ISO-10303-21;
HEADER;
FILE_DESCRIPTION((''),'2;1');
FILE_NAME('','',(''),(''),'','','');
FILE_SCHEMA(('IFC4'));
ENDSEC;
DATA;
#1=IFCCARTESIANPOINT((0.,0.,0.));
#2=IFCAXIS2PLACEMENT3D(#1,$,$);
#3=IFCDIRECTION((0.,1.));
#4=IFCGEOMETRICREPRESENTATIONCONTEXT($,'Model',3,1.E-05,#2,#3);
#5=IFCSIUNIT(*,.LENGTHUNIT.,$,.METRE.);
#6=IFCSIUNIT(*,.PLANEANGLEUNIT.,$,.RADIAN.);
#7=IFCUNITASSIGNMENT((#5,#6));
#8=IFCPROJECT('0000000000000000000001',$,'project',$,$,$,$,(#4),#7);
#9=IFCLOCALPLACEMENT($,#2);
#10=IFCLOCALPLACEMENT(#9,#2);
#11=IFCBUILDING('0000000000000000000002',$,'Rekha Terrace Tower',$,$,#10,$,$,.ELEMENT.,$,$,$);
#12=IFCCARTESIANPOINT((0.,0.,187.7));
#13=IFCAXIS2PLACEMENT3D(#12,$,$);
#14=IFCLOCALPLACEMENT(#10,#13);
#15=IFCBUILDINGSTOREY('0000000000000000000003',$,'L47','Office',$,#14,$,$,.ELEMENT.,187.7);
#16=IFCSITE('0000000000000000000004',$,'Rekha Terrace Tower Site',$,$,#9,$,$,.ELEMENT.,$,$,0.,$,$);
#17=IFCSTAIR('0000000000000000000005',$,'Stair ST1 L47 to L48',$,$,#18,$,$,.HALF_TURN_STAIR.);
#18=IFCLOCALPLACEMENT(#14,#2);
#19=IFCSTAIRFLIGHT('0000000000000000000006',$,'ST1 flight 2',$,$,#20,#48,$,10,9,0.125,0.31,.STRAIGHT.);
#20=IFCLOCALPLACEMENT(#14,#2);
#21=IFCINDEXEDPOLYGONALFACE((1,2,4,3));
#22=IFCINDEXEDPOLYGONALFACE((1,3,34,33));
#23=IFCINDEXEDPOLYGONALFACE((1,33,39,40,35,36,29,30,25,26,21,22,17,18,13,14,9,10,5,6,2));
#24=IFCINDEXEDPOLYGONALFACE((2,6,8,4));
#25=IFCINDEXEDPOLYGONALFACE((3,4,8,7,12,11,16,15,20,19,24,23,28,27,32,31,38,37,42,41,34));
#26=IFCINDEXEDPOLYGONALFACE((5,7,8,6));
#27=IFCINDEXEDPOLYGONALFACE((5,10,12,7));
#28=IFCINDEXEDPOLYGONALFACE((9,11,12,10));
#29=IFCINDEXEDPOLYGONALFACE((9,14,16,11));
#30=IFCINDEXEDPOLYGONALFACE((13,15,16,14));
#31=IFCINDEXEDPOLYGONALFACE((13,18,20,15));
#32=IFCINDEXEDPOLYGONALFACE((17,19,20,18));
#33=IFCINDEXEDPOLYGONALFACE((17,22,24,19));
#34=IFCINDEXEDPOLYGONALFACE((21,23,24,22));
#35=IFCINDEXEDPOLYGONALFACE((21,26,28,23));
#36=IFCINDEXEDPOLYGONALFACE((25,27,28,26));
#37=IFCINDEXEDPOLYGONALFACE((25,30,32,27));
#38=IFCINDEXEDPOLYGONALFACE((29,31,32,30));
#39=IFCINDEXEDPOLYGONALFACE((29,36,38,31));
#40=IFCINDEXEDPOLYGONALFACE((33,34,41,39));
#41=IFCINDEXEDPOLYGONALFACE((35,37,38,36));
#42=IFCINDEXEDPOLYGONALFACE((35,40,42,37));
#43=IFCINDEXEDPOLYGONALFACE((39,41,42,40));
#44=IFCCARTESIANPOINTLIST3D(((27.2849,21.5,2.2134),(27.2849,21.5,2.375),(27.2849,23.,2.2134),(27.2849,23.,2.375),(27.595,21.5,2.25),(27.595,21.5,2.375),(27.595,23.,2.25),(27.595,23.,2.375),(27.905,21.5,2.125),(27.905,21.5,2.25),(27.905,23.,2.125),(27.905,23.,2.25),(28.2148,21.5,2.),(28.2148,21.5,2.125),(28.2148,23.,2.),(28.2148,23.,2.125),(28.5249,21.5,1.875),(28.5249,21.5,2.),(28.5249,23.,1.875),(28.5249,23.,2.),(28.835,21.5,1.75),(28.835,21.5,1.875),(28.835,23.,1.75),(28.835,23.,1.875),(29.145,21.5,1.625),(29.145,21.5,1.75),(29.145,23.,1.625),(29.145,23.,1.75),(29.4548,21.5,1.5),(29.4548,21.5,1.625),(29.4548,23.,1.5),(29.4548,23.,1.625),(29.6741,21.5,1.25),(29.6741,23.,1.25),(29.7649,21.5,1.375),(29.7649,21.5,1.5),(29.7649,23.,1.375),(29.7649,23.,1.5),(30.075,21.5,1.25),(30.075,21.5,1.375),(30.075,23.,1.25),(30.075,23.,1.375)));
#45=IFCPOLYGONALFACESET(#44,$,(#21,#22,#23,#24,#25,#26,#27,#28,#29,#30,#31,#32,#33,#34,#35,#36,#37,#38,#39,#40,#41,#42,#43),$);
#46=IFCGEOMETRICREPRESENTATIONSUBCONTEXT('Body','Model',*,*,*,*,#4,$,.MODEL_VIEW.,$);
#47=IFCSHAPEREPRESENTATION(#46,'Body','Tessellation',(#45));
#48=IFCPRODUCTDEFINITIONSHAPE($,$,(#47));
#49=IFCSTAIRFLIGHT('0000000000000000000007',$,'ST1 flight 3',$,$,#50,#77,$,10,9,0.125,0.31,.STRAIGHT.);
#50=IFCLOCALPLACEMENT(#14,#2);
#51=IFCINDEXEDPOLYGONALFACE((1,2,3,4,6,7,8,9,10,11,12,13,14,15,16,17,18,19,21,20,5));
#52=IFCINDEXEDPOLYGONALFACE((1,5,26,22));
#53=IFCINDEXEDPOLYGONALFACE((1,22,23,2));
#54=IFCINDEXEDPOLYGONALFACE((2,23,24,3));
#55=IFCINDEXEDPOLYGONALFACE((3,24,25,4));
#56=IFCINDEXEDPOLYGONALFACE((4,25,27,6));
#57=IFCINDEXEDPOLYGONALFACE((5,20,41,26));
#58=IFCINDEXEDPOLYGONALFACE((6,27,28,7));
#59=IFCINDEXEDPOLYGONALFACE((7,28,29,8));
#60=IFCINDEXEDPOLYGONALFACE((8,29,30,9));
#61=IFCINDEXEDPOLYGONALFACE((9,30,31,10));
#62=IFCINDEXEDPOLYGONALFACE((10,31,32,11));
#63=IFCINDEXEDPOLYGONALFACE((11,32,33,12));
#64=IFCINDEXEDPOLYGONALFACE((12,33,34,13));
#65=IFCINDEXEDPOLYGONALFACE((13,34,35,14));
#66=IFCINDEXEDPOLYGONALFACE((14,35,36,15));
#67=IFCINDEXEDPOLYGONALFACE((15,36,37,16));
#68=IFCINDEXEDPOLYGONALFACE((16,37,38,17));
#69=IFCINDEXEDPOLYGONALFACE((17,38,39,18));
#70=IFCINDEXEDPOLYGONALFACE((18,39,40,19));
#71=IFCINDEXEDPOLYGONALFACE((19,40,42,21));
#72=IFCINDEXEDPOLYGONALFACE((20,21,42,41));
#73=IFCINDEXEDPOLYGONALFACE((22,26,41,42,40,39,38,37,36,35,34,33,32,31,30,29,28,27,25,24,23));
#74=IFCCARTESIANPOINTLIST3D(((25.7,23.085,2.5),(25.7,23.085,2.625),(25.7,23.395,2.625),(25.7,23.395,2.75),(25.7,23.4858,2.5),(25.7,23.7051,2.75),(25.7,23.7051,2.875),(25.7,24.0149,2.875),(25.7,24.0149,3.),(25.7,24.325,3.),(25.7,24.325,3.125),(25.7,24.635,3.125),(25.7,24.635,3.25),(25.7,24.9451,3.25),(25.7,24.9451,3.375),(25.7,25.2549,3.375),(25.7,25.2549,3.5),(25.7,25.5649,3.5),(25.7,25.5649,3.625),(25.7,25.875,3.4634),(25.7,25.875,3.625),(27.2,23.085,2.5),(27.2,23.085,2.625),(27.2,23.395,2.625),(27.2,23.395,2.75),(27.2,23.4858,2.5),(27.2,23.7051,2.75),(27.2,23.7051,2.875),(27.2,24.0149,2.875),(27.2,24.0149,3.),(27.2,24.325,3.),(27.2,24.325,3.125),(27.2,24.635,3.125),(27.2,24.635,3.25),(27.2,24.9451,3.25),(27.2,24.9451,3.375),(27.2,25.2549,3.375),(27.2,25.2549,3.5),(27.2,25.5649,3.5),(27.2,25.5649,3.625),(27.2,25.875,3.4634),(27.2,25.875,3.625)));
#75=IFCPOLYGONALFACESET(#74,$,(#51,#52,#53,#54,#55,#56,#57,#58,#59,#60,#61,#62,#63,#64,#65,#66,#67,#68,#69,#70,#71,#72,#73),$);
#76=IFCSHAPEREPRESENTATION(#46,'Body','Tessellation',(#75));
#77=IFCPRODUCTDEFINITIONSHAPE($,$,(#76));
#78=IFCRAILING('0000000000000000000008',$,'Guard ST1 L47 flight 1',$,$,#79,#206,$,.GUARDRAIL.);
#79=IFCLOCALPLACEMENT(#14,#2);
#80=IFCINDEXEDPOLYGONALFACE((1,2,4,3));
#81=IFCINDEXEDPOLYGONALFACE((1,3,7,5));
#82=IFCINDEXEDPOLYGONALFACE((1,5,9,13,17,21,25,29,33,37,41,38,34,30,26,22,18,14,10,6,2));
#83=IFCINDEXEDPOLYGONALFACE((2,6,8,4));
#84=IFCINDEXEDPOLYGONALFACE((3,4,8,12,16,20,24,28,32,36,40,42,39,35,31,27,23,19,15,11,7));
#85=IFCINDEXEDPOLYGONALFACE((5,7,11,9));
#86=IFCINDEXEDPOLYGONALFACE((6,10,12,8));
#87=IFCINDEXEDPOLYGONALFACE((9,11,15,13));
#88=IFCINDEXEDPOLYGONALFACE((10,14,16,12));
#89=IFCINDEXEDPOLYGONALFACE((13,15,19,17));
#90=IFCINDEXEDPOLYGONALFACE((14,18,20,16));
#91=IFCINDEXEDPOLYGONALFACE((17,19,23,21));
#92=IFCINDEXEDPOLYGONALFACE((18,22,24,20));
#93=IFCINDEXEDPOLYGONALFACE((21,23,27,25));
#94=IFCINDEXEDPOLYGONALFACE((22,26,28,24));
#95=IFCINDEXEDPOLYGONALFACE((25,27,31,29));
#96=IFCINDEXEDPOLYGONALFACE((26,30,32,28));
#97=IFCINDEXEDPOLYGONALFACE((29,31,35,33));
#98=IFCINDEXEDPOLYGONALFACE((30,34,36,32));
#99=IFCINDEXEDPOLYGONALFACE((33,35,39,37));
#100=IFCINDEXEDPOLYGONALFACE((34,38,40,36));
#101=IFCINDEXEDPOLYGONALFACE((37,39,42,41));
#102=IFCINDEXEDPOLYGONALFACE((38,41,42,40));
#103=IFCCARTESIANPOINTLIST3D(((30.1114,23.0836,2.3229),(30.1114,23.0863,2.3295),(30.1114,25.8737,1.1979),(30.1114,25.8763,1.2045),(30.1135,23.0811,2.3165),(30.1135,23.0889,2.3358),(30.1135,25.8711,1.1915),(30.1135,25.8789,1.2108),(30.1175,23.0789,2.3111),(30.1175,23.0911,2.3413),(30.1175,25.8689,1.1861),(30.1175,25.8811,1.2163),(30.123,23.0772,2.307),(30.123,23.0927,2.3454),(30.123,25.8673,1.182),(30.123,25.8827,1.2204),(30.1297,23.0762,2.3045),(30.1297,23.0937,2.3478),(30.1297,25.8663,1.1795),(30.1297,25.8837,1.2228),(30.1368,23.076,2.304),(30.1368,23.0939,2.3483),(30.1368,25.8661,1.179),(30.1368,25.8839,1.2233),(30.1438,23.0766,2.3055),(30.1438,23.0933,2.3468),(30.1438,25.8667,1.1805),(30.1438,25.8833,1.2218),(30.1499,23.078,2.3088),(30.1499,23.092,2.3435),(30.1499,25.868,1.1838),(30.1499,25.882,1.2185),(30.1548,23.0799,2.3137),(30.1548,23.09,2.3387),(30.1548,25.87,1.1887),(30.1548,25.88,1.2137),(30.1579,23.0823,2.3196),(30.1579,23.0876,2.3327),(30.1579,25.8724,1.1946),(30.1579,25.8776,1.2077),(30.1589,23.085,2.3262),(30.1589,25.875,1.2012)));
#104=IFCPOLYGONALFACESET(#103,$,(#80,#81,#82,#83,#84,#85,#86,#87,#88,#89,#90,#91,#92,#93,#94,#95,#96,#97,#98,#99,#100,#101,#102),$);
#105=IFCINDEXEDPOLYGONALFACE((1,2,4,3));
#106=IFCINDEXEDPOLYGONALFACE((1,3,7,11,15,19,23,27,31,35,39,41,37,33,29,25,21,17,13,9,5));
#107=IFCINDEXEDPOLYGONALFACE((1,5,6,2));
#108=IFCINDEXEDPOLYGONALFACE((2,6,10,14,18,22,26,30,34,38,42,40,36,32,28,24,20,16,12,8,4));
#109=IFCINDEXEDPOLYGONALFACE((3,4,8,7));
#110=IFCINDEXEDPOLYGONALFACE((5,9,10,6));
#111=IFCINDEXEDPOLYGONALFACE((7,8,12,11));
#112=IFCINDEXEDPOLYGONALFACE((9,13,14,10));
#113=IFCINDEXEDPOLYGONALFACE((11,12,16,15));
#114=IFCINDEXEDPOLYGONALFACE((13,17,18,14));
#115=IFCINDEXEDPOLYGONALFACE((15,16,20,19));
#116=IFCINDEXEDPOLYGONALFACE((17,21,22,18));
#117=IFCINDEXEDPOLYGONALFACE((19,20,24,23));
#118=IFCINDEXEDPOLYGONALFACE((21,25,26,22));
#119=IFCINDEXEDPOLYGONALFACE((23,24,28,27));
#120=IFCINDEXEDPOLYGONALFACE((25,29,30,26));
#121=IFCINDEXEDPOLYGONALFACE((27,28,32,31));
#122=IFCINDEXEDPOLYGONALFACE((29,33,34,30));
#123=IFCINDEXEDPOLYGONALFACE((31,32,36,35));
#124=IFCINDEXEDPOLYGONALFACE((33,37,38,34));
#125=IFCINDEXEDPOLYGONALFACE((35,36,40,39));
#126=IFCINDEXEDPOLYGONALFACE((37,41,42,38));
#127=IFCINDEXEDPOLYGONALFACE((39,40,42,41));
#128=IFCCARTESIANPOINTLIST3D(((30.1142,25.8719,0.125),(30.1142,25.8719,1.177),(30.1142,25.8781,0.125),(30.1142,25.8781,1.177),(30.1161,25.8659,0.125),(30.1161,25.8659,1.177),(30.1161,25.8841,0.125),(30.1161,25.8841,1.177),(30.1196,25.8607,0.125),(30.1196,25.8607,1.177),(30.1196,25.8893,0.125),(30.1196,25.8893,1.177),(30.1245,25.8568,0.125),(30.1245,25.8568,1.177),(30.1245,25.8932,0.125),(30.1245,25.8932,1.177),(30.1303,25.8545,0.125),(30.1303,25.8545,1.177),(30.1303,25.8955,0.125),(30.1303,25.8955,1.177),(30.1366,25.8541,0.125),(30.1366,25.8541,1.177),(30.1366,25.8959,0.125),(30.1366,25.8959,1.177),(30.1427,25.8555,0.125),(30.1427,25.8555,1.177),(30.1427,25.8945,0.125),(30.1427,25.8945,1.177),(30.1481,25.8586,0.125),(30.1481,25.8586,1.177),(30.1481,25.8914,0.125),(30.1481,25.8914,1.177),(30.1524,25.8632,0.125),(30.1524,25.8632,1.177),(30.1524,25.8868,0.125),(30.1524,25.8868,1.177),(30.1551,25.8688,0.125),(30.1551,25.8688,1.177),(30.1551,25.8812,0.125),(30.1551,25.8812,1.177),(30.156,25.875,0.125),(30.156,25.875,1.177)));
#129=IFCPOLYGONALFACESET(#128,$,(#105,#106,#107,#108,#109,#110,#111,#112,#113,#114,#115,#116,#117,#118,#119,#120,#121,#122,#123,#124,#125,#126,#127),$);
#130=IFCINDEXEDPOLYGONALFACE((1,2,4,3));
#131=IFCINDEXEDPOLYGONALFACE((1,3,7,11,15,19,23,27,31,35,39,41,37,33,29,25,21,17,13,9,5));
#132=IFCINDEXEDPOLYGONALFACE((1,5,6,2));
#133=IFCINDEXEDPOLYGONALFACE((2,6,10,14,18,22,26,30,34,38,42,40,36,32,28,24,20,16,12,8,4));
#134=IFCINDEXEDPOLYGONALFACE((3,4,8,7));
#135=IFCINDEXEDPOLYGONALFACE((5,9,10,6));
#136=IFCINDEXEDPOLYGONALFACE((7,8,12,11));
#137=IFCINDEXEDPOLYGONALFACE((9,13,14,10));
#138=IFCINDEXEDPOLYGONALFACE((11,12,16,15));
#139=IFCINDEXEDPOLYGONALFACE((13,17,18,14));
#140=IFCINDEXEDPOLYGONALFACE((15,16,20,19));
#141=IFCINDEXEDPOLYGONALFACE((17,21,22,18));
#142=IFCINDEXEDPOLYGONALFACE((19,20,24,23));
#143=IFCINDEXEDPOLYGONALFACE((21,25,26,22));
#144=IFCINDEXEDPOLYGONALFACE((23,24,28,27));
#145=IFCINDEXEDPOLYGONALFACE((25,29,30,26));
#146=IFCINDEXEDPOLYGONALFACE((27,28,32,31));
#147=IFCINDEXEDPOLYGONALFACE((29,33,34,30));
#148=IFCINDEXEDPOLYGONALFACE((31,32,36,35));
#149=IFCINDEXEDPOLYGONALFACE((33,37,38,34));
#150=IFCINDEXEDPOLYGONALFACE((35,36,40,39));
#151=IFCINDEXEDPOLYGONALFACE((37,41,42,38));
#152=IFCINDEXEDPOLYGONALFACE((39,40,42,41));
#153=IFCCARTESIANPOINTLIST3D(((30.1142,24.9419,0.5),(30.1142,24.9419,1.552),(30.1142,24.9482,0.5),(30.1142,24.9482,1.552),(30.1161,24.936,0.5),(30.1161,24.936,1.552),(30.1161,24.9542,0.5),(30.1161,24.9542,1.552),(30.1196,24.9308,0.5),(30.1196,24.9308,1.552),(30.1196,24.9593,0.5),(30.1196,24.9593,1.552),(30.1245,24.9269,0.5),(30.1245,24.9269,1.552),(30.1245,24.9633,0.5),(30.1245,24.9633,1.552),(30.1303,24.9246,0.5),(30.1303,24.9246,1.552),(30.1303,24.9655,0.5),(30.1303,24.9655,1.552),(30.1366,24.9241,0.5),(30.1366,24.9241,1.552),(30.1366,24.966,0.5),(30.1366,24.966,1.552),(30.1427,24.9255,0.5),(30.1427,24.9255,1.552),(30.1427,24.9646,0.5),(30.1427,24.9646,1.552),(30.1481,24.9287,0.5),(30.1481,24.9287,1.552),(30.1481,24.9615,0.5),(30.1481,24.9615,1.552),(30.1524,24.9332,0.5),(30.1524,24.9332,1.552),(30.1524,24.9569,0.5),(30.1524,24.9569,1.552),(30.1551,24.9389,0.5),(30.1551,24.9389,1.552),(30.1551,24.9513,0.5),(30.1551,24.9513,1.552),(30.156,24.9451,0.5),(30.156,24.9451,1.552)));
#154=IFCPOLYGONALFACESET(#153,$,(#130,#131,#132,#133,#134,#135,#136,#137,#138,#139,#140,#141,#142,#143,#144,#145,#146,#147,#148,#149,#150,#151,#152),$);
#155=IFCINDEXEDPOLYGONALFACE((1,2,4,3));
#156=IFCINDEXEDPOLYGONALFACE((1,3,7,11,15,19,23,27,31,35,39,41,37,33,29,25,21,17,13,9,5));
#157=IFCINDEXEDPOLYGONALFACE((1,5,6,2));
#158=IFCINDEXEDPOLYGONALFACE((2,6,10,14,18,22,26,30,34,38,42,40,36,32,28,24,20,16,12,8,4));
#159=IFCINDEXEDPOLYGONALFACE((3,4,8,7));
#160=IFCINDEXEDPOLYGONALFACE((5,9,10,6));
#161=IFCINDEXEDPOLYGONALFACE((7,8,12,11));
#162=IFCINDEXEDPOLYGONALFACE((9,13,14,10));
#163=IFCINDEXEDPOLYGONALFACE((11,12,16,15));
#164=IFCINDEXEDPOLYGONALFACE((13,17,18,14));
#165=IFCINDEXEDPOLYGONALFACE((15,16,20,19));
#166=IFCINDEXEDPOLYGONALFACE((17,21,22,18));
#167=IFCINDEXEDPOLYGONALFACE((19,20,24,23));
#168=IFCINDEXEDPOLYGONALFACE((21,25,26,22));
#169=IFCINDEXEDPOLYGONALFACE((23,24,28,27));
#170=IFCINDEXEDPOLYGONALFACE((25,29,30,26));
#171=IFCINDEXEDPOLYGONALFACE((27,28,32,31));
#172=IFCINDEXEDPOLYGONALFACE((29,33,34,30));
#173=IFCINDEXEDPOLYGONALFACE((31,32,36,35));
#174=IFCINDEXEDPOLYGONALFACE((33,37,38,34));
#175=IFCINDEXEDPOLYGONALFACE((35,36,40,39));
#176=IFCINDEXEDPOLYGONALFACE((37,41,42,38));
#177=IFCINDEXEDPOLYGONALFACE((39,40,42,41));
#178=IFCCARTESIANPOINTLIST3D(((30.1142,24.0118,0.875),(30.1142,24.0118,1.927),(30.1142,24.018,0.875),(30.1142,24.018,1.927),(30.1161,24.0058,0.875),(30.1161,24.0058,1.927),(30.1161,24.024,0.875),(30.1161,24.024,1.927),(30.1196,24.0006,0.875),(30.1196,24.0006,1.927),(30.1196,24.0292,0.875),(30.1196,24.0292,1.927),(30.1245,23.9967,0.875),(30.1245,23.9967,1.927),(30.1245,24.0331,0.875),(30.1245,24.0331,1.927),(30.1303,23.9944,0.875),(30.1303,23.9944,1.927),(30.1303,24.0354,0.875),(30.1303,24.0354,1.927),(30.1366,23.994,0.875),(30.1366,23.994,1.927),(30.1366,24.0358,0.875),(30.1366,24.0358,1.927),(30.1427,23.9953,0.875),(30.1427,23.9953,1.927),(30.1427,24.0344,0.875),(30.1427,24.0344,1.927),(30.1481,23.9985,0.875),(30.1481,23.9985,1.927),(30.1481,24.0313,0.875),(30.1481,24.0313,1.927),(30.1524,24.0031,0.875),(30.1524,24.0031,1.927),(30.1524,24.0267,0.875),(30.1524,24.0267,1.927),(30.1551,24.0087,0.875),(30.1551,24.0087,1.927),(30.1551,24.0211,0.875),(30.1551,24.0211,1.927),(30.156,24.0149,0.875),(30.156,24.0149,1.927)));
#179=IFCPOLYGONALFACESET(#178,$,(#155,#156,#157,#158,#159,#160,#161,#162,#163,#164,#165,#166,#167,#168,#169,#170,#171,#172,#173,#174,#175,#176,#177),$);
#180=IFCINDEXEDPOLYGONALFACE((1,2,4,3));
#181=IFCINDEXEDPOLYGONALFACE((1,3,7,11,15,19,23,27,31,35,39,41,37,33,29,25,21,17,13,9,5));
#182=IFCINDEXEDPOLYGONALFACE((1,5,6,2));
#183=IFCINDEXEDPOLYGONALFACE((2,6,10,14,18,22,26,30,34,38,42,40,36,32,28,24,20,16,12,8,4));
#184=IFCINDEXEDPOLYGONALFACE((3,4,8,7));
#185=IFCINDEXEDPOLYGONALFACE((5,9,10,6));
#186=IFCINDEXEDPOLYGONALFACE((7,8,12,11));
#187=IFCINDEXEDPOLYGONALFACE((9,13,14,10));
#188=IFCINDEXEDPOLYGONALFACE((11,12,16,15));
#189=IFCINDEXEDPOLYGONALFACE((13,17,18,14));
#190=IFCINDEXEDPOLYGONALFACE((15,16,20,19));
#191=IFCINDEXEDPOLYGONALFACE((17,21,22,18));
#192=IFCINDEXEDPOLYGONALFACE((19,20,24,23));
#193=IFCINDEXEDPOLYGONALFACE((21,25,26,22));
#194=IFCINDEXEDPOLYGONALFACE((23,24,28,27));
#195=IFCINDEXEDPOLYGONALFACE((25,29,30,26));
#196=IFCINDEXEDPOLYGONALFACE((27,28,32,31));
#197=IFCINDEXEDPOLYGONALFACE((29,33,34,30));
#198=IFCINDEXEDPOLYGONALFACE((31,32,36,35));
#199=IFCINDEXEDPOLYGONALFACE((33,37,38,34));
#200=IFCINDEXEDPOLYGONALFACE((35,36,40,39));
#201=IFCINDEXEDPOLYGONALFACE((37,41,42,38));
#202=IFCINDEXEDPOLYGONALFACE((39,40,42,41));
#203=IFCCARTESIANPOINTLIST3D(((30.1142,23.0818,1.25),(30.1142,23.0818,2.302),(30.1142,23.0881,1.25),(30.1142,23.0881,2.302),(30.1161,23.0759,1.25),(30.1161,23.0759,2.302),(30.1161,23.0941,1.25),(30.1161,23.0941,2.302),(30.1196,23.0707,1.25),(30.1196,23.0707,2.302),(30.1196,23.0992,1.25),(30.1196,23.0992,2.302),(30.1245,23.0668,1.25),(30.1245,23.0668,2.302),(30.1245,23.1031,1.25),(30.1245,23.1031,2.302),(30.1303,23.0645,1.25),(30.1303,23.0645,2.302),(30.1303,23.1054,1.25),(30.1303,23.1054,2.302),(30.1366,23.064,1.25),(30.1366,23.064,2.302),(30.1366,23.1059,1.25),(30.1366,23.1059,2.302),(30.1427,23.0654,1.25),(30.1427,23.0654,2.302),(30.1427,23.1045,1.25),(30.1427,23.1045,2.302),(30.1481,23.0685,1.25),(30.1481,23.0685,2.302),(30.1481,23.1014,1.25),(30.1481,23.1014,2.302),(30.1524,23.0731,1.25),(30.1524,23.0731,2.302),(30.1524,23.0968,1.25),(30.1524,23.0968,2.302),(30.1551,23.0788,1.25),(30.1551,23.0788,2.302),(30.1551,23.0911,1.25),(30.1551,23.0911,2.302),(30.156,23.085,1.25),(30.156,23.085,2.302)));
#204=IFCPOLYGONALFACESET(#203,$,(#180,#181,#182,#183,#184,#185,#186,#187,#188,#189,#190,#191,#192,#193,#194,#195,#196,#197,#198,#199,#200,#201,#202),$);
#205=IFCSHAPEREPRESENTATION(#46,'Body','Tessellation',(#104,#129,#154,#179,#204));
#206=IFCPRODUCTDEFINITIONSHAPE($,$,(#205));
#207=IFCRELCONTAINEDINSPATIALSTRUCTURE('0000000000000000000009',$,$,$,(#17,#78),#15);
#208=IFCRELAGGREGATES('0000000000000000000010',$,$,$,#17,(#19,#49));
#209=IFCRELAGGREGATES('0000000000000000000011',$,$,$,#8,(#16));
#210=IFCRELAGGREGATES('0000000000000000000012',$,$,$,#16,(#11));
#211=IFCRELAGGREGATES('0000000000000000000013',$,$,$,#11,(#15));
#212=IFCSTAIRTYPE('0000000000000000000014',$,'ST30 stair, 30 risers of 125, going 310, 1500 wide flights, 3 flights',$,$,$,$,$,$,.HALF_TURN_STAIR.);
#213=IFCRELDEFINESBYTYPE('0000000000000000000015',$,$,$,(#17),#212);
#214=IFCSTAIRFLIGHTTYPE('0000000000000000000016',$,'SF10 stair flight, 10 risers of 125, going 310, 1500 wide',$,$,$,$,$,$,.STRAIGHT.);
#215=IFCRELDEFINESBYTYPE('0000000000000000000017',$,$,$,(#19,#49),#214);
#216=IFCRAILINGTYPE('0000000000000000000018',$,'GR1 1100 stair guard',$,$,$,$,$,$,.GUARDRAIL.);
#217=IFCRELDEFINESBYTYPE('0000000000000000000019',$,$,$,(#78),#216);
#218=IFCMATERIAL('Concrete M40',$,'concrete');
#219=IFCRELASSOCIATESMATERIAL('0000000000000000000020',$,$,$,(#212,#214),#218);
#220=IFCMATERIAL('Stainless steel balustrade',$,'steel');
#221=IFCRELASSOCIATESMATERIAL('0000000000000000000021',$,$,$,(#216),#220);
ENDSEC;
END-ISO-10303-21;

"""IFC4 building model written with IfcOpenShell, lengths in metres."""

from ifc_helpers import new_model, si_unit, direction, frame, origin, origin_2d, place, context, subcontext, project, spatial, polyline, circle, outline, extrude, material, type_object, element, aggregate, save


model = new_model("IFC4")

# Units and contexts
model_context = context("Model", 3, precision=1e-05, world=origin(), true_north=direction((0.0, 1.0)))
body_context = subcontext(model_context, "Body", "Model", "MODEL_VIEW")
ifc_project = project(units=[si_unit("LENGTHUNIT", "METRE"), si_unit("PLANEANGLEUNIT", "RADIAN")], contexts=[model_context])

# Site, building, storey
site_placement = place(None, origin())
site = spatial("IfcSite", under=ifc_project, at=site_placement, Name="Rekha Terrace Tower Site", CompositionType="ELEMENT", RefElevation=0.0)
building_placement = place(site_placement, origin())
building = spatial("IfcBuilding", under=site, at=building_placement, Name="Rekha Terrace Tower", CompositionType="ELEMENT")
storey_placement = place(building_placement, frame((0.0, 0.0, 187.7)))
storey = spatial("IfcBuildingStorey", under=building, at=storey_placement, Name="L47", Description="Office", CompositionType="ELEMENT", Elevation=187.7)

# Stair, stair flights
ifc_material_1 = material(Name="Concrete M40", Category="concrete")
stair_type = type_object("IfcStairType", Name="ST30 stair, 30 risers of 125, going 310, 1500 wide flights, 3 flights", PredefinedType="HALF_TURN_STAIR", material=ifc_material_1)
stair_placement = place(storey_placement, origin())
stair = element("IfcStair", 1, at=stair_placement, inside=storey, type_object=stair_type, Name="Stair ST1 L47 to L48", PredefinedType="HALF_TURN_STAIR")
stair_flight_type = type_object("IfcStairFlightType", Name="SF10 stair flight, 10 risers of 125, going 310, 1500 wide", PredefinedType="STRAIGHT", material=ifc_material_1)
stair_flight_1_placement = place(storey_placement, frame((30.075, 22.25, 1.25), z_axis=(0.0, 0.0, 1.0), x_axis=(-1.0, 0.0, 0.0)))
stair_flight_1 = element("IfcStairFlight", 2, at=stair_flight_1_placement, type_object=stair_flight_type, Name="ST1 flight 2", NumberOfRisers=10, NumberOfTreads=9, PredefinedType="STRAIGHT", RiserHeight=0.125, TreadLength=0.31, context=body_context, shape_type="SweptSolid", body=[
    extrude(outline(polyline([(0.0, 0.0), (0.0, 0.125), (0.3101, 0.125), (0.3101, 0.25), (0.6201, 0.25), (0.6201, 0.375), (0.9299, 0.375), (0.9299, 0.5), (1.24, 0.5), (1.24, 0.625), (1.55, 0.625), (1.55, 0.75), (1.8601, 0.75), (1.8601, 0.875), (2.1699, 0.875), (2.1699, 1.0), (2.48, 1.0), (2.48, 1.125), (2.79, 1.125), (2.79, 1.25), (2.79, 0.9634), (0.4009, 0.0), (0.0, 0.0)])), frame((0.0, 0.75, 0.0), z_axis=(0.0, -1.0, 0.0), x_axis=(1.0, 0.0, 0.0)), (0.0, 0.0, 1.0), 1.5),
])
stair_flight_2_placement = place(storey_placement, frame((26.45, 23.085, 2.5), z_axis=(0.0, 0.0, 1.0), x_axis=(0.0, 1.0, 0.0)))
stair_flight_2 = element("IfcStairFlight", 3, at=stair_flight_2_placement, type_object=stair_flight_type, Name="ST1 flight 3", NumberOfRisers=10, NumberOfTreads=9, PredefinedType="STRAIGHT", RiserHeight=0.125, TreadLength=0.31, context=body_context, shape_type="SweptSolid", body=[
    extrude(outline(polyline([(0.0, 0.0), (0.0, 0.125), (0.3101, 0.125), (0.3101, 0.25), (0.6201, 0.25), (0.6201, 0.375), (0.9299, 0.375), (0.9299, 0.5), (1.24, 0.5), (1.24, 0.625), (1.55, 0.625), (1.55, 0.75), (1.8601, 0.75), (1.8601, 0.875), (2.1699, 0.875), (2.1699, 1.0), (2.48, 1.0), (2.48, 1.125), (2.79, 1.125), (2.79, 1.25), (2.79, 0.9634), (0.4009, 0.0), (0.0, 0.0)])), frame((0.0, 0.75, 0.0), z_axis=(0.0, -1.0, 0.0), x_axis=(1.0, 0.0, 0.0)), (0.0, 0.0, 1.0), 1.5),
])
aggregate(stair, [stair_flight_1, stair_flight_2])

# Railing
ifc_material_2 = material(Name="Stainless steel balustrade", Category="steel")
railing_type_1 = type_object("IfcRailingType", Name="GR1 1100 stair guard", PredefinedType="GUARDRAIL", material=ifc_material_2)
railing_1_placement = place(storey_placement, frame((30.135, 25.875, 0.125)))
element("IfcRailing", 4, at=railing_1_placement, inside=storey, type_object=railing_type_1, Name="Guard ST1 L47 flight 1", PredefinedType="GUARDRAIL", context=body_context, shape_type="SweptSolid", body=[
    extrude(circle(Radius=0.0239, at=origin_2d()), frame((0.0, 0.0, 1.0762), z_axis=(0.0, -0.927443, 0.373964), x_axis=(1.0, 0.0, 0.0)), (0.0, 0.0, 1.0), 3.0083),
    extrude(circle(Radius=0.021, at=origin_2d()), origin(), (0.0, 0.0, 1.0), 1.052),
    extrude(circle(Radius=0.021, at=origin_2d()), frame((0.0, -0.9299, 0.375)), (0.0, 0.0, 1.0), 1.052),
    extrude(circle(Radius=0.021, at=origin_2d()), frame((0.0, -1.8601, 0.75)), (0.0, 0.0, 1.0), 1.052),
    extrude(circle(Radius=0.021, at=origin_2d()), frame((0.0, -2.79, 1.125)), (0.0, 0.0, 1.0), 1.052),
])

save(model, "model.ifc")
